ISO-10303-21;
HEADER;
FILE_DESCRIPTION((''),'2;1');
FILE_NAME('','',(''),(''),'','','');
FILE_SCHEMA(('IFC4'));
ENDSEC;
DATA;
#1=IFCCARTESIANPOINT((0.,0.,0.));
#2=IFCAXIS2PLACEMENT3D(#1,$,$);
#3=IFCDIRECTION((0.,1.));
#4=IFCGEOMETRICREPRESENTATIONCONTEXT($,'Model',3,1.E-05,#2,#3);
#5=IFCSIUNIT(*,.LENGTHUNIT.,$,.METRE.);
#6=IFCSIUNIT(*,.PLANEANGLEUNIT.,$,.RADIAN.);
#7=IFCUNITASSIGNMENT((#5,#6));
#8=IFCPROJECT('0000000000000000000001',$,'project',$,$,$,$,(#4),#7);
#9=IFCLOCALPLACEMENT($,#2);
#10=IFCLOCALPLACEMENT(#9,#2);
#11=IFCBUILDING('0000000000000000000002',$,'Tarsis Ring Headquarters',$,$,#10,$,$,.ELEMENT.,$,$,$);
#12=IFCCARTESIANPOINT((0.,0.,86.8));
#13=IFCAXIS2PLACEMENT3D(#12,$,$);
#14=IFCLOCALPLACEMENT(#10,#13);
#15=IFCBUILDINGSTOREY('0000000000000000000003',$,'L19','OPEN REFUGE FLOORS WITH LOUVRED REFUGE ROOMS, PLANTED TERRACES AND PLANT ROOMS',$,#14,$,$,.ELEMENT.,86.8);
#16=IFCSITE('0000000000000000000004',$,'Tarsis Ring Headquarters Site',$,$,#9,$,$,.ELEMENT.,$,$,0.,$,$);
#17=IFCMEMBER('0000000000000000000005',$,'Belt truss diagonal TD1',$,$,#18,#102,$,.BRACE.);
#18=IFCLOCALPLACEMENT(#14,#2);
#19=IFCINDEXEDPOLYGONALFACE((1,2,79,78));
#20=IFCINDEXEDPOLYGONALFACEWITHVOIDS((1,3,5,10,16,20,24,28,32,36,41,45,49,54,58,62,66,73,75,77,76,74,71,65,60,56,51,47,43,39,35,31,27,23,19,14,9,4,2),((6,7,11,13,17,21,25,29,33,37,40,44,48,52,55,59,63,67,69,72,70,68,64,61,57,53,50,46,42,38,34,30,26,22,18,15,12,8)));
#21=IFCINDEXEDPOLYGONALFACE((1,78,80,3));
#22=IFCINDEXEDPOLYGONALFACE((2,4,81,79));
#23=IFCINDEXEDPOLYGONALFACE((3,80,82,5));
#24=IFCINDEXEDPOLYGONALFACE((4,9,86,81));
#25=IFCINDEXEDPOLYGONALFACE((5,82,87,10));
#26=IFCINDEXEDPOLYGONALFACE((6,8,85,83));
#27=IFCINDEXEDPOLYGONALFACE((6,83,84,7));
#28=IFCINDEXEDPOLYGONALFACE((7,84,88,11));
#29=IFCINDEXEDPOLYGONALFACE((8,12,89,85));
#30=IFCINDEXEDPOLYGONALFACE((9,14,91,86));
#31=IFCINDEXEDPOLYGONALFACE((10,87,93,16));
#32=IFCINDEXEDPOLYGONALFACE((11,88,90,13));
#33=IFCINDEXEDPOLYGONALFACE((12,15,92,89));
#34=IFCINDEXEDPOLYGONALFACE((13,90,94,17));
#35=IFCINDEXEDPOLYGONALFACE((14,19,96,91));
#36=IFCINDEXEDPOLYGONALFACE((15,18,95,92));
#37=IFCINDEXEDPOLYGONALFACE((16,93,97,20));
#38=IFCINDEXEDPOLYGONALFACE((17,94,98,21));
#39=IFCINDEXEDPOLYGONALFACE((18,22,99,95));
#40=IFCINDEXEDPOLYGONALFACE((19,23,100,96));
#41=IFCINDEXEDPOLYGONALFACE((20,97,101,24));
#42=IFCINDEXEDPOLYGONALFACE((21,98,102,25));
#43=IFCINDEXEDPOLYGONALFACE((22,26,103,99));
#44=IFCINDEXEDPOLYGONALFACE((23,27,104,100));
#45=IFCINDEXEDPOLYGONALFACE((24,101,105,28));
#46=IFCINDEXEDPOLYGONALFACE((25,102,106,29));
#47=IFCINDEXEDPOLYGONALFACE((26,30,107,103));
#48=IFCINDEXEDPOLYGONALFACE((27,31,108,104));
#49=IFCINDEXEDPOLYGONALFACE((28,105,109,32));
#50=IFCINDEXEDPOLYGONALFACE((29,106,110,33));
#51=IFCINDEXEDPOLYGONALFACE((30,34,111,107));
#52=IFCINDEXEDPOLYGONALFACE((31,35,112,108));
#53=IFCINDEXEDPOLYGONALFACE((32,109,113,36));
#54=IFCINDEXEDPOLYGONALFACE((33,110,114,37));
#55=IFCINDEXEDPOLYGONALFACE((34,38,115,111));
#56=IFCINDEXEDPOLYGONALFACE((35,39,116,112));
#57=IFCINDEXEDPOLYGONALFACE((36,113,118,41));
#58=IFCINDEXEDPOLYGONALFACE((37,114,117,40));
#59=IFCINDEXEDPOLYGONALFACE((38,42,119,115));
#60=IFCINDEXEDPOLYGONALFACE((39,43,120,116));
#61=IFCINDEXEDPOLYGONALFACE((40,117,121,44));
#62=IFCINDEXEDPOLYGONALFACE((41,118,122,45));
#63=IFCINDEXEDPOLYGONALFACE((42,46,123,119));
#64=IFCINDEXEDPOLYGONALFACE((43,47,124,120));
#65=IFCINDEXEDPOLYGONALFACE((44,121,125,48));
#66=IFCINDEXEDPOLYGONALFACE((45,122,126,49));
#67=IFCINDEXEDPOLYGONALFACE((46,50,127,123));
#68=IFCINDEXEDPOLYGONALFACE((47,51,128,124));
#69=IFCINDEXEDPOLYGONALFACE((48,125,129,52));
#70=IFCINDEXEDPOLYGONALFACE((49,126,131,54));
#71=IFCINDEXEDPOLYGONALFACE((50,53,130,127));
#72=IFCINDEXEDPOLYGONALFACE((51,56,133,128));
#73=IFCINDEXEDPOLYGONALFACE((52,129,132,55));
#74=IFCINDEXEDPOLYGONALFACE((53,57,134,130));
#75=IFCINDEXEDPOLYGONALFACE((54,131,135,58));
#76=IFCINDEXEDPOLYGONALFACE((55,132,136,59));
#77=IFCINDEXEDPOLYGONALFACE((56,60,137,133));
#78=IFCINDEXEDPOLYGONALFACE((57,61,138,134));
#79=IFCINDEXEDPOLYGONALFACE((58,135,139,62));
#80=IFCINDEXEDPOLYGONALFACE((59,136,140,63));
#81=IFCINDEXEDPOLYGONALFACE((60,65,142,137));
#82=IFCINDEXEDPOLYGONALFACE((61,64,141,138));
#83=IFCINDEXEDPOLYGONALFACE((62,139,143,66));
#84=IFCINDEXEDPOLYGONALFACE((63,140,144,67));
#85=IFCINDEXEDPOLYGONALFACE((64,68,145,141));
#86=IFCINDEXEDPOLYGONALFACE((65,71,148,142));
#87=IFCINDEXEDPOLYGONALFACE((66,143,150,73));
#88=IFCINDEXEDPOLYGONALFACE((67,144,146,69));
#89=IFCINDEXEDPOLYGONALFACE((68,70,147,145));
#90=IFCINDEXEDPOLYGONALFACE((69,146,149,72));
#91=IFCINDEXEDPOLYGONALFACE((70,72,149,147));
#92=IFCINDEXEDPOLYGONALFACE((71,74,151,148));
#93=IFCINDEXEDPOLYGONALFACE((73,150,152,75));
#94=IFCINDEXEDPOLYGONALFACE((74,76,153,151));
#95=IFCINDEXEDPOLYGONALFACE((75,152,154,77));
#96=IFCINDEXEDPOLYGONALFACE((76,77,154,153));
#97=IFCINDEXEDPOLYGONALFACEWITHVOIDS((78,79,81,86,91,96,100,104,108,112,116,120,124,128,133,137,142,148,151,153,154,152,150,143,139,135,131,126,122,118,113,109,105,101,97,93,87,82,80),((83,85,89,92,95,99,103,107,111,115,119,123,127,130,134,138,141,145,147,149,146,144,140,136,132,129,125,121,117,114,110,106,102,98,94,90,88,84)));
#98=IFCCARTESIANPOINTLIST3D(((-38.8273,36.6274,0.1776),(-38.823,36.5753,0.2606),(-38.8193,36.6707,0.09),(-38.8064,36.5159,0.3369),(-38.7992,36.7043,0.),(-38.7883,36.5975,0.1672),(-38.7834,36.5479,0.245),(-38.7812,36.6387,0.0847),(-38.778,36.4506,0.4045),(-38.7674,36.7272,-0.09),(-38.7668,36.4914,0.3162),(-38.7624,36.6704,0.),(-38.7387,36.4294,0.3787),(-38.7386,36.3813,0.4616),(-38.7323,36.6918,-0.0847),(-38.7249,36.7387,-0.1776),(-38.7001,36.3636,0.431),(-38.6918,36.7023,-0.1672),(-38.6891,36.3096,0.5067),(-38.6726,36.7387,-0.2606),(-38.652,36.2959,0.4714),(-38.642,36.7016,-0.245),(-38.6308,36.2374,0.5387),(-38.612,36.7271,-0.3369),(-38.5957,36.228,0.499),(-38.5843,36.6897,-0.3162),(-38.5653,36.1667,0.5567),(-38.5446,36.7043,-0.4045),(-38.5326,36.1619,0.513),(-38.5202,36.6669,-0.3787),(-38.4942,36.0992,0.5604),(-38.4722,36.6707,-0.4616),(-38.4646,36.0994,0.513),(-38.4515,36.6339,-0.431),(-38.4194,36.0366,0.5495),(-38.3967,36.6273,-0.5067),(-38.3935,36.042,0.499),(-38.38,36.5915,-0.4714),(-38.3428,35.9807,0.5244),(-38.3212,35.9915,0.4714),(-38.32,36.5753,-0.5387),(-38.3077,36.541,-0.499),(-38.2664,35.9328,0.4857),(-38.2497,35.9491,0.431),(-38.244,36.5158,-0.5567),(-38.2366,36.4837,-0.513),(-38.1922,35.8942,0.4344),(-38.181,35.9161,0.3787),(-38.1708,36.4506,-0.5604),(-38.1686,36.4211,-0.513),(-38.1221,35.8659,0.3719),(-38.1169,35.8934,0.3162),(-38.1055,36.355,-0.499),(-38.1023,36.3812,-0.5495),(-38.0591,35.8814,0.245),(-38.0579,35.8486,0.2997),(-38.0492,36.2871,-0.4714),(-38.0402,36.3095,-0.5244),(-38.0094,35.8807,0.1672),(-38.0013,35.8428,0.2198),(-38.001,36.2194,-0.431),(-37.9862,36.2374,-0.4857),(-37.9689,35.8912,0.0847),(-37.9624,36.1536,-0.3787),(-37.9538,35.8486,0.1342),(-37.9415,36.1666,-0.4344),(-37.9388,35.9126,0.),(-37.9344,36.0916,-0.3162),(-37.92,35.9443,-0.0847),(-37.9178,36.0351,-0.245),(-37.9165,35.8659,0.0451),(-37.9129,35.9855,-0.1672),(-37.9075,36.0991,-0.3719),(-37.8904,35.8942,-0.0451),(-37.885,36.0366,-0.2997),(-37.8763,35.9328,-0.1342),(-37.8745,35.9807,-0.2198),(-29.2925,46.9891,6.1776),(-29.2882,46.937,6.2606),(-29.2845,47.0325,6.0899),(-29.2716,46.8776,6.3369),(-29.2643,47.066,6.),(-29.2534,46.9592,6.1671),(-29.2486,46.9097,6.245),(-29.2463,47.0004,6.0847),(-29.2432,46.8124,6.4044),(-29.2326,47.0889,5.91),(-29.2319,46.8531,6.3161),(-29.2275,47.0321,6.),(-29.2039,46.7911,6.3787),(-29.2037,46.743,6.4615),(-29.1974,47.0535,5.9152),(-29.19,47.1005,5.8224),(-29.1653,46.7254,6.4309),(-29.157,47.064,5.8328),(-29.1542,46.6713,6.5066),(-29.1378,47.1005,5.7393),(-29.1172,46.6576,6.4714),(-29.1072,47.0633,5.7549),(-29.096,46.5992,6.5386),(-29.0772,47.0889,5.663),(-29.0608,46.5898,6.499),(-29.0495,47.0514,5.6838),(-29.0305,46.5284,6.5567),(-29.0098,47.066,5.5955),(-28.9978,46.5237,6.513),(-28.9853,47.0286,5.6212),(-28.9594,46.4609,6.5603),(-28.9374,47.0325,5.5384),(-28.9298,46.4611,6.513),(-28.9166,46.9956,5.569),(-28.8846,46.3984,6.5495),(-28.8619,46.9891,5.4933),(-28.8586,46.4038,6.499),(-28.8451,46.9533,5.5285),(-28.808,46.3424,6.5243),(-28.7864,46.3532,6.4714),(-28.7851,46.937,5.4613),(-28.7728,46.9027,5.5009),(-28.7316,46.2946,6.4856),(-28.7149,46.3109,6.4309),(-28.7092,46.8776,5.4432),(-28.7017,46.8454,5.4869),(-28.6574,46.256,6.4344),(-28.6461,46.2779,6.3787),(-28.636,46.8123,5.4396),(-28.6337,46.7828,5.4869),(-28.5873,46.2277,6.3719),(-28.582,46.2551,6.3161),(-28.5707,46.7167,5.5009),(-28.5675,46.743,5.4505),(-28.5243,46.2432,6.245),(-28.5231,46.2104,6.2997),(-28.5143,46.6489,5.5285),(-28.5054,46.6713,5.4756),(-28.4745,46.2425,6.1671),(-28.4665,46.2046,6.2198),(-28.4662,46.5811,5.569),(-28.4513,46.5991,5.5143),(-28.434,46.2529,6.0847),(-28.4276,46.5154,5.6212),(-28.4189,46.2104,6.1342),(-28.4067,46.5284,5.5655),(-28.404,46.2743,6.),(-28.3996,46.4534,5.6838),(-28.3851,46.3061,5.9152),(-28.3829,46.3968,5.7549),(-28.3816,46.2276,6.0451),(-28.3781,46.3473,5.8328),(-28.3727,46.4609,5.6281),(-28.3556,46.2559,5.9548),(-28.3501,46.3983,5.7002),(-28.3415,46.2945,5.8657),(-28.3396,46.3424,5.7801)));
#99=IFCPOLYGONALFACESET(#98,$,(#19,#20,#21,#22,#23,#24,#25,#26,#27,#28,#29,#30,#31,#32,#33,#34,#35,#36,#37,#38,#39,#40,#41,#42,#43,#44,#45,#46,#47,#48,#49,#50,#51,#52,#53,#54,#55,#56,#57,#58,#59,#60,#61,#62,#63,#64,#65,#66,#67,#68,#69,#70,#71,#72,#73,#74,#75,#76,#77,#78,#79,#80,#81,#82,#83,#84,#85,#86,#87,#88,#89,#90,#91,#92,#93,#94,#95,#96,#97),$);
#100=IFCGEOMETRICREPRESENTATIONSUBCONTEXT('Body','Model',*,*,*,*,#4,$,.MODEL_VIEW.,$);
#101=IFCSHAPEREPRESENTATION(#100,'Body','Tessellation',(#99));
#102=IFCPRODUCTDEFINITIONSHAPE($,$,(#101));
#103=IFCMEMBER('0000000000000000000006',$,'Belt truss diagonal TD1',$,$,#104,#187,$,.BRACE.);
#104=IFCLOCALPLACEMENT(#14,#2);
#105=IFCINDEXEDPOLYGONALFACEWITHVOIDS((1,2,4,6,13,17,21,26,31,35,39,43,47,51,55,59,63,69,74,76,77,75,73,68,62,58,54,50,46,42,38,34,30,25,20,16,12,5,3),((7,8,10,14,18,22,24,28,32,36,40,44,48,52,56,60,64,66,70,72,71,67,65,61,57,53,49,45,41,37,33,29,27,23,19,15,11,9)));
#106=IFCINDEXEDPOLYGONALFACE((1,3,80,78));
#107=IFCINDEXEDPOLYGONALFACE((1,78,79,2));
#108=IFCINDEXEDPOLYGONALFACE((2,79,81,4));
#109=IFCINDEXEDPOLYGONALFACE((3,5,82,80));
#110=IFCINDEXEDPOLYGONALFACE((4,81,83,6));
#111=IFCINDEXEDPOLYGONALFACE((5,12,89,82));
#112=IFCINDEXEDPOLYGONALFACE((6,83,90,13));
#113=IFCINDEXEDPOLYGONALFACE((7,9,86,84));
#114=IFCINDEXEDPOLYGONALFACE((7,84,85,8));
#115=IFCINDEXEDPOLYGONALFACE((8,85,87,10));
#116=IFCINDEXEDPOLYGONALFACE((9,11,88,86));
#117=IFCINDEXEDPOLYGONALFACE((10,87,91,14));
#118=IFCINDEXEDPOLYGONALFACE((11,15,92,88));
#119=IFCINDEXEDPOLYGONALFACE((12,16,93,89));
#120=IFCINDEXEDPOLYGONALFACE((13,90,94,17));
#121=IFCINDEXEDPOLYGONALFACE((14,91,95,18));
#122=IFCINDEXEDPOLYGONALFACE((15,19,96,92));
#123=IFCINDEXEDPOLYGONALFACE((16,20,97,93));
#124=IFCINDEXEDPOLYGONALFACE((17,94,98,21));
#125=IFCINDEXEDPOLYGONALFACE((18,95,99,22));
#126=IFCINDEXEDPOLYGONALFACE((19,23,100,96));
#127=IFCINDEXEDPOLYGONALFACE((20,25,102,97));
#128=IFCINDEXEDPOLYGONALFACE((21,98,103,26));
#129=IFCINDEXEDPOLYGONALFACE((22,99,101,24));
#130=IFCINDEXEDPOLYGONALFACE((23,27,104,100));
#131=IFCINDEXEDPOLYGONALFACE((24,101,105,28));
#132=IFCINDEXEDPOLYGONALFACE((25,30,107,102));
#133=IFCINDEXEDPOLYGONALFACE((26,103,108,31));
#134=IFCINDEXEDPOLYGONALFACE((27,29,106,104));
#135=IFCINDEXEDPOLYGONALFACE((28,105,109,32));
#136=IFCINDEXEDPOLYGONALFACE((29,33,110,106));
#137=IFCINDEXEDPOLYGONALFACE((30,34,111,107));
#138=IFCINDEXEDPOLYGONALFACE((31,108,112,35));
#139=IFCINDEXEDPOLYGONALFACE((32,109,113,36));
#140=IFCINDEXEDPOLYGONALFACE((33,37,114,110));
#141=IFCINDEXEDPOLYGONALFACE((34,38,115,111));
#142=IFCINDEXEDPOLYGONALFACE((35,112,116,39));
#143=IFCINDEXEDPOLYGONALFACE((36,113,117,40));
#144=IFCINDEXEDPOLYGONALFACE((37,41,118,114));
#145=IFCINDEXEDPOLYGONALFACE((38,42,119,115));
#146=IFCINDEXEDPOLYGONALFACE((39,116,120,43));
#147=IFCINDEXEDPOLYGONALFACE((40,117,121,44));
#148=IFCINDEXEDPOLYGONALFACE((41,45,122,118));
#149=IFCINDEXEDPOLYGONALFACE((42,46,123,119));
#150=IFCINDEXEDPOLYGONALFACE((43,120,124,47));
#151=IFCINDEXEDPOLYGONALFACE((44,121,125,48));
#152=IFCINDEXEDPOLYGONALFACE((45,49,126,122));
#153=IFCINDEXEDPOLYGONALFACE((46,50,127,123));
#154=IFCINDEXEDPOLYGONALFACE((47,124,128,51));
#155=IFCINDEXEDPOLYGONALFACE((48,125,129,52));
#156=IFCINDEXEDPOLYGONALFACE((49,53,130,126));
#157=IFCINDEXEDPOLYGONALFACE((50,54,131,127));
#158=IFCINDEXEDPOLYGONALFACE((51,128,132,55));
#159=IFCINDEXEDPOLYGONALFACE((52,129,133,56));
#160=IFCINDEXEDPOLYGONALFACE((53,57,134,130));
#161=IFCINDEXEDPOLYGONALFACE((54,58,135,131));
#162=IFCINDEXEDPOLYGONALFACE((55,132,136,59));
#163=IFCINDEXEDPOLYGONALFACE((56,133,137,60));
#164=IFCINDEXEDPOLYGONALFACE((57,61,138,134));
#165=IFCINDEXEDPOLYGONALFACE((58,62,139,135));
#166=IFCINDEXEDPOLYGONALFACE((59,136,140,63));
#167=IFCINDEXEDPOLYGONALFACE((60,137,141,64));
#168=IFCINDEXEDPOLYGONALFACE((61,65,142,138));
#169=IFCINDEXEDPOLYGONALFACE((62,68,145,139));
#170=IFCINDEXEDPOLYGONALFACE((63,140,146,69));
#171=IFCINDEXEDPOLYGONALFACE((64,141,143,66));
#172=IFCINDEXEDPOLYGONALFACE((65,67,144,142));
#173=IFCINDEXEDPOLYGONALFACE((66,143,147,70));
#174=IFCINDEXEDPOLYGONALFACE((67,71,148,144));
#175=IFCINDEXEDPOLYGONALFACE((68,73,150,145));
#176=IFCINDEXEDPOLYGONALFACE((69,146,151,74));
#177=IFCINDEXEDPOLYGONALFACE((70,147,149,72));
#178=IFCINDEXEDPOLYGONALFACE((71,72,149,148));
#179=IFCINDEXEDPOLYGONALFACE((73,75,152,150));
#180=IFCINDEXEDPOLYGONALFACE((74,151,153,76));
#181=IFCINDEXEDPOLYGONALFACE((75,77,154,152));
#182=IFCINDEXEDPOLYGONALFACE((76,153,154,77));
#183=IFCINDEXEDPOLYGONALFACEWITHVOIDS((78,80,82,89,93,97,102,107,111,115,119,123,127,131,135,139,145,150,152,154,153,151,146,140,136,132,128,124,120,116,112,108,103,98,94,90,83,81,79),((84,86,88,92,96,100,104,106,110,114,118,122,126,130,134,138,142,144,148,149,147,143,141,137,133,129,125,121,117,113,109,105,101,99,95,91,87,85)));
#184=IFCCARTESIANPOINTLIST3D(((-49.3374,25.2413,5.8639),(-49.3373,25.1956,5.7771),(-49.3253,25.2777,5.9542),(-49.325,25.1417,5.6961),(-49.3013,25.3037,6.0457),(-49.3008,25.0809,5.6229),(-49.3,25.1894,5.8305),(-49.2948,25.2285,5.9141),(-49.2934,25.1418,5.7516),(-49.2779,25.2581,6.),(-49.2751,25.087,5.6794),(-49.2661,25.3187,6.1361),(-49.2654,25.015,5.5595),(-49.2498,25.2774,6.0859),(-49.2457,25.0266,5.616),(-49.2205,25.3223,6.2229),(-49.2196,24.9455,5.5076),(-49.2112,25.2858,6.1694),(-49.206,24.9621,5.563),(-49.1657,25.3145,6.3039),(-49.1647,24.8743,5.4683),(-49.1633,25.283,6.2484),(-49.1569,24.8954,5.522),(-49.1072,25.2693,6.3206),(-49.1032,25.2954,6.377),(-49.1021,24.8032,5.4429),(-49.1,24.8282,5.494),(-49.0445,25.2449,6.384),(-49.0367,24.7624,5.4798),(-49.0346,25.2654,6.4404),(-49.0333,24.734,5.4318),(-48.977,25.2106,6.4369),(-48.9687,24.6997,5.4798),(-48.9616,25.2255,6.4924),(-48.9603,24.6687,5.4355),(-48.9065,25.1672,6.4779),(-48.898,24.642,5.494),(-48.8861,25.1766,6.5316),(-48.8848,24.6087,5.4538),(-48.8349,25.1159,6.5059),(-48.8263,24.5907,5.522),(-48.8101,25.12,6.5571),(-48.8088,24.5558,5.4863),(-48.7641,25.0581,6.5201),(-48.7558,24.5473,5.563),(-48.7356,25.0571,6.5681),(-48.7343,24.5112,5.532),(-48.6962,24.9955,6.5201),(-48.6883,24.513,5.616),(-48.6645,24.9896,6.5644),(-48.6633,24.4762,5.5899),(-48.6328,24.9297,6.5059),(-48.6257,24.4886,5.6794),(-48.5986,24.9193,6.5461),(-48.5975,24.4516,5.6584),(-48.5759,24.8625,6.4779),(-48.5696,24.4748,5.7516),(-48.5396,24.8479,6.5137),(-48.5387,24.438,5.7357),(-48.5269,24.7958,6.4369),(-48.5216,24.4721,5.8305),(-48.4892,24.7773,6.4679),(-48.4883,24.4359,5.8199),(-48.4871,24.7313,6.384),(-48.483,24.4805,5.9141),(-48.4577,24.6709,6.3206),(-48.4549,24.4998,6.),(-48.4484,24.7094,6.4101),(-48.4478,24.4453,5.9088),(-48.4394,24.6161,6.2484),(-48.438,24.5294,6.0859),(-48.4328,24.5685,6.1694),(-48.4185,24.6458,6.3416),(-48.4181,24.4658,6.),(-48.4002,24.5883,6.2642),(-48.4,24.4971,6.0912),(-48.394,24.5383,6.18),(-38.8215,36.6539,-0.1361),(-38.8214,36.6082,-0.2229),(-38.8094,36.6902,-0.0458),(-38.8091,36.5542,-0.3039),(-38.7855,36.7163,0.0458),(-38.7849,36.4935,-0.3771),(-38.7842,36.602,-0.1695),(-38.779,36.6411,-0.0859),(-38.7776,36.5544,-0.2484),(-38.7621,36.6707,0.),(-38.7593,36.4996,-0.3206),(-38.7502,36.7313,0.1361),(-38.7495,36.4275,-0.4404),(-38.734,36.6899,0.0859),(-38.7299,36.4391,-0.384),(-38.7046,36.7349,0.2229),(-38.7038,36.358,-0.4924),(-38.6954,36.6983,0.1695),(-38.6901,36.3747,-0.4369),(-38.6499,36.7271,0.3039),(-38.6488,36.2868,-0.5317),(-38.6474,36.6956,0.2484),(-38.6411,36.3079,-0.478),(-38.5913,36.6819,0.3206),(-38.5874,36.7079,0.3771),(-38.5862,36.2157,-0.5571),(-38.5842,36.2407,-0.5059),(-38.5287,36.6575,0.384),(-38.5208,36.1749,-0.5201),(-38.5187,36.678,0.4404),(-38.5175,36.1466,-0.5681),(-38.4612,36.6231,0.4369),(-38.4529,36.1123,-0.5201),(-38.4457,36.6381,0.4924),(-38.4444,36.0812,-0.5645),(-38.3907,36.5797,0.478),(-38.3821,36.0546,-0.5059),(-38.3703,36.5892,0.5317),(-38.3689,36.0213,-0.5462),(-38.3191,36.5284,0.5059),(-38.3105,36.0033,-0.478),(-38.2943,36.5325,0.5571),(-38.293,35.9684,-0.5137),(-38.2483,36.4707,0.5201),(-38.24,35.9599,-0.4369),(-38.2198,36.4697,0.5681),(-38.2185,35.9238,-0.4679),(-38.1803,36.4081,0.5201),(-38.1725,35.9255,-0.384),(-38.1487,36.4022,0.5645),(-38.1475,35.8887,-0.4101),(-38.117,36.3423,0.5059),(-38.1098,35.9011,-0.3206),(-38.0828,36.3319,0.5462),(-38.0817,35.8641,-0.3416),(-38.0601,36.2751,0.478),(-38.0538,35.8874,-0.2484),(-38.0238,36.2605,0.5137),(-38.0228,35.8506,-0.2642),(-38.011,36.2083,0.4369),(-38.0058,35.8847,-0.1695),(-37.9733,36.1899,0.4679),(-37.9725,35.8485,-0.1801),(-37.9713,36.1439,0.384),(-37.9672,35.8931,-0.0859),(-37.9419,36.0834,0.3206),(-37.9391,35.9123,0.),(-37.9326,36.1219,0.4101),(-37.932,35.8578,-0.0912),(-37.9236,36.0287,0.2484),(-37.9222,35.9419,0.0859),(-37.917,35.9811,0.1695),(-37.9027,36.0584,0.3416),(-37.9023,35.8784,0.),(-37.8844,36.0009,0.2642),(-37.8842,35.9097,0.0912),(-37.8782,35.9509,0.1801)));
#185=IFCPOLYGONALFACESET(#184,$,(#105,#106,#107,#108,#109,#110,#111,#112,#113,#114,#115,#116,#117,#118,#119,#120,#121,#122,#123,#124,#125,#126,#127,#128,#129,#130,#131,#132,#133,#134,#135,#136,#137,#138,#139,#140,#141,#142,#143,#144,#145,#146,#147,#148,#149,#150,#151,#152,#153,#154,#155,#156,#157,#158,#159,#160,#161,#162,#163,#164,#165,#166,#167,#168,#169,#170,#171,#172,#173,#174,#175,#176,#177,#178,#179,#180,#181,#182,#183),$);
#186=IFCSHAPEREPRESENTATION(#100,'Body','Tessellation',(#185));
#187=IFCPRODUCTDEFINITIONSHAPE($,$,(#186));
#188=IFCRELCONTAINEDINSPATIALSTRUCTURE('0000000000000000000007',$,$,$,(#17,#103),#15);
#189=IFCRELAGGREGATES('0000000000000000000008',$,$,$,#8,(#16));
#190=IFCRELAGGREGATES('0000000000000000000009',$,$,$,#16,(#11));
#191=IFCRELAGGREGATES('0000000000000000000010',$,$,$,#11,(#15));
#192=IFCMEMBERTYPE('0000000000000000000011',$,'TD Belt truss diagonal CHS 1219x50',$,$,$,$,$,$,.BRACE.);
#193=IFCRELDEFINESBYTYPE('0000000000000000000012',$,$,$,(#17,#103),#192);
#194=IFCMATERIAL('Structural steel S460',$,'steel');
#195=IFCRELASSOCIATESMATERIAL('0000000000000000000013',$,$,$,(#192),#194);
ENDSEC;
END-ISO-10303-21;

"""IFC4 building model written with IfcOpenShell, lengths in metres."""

from ifc_helpers import new_model, si_unit, direction, frame, origin, origin_2d, place, context, subcontext, project, spatial, hollow_circle, extrude, material, material_profile, profile_set, type_object, element, save


model = new_model("IFC4")

# Units and contexts
model_context = context("Model", 3, precision=1e-05, world=origin(), true_north=direction((0.0, 1.0)))
body_context = subcontext(model_context, "Body", "Model", "MODEL_VIEW")
ifc_project = project(units=[si_unit("LENGTHUNIT", "METRE"), si_unit("PLANEANGLEUNIT", "RADIAN")], contexts=[model_context])

# Site, building, storey
site_placement = place(None, origin())
site = spatial("IfcSite", under=ifc_project, at=site_placement, Name="Tarsis Ring Headquarters Site", CompositionType="ELEMENT", RefElevation=0.0)
building_placement = place(site_placement, origin())
building = spatial("IfcBuilding", under=site, at=building_placement, Name="Tarsis Ring Headquarters", CompositionType="ELEMENT")
storey_placement = place(building_placement, frame((0.0, 0.0, 86.8)))
storey = spatial("IfcBuildingStorey", under=building, at=storey_placement, Name="L19", Description="OPEN REFUGE FLOORS WITH LOUVRED REFUGE ROOMS, PLANTED TERRACES AND PLANT ROOMS", CompositionType="ELEMENT", Elevation=86.8)

# Shared definitions
ifc_material_1 = material(Name="Structural steel S460", Category="steel")
ifc_material_profile_1 = material_profile(ifc_material_1, hollow_circle(Radius=0.6096, WallThickness=0.05, at=origin_2d()), Name="CHS 1219x50")
ifc_profile_set_1 = profile_set([ifc_material_profile_1], Name="Structural steel S460")

# Members
member_type_1 = type_object("IfcMemberType", Name="TD Belt truss diagonal CHS 1219x50", PredefinedType="BRACE", material=ifc_profile_set_1)
member_1_placement = place(storey_placement, frame((-38.3506, 36.2915, 0.0), z_axis=(0.622942, 0.676966, 0.391996), x_axis=(-0.735859, 0.677135, 0.0)))
element("IfcMember", 1, at=member_1_placement, inside=storey, type_object=member_type_1, Name="Belt truss diagonal TD1", PredefinedType="BRACE", context=body_context, shape_type="SweptSolid", body=[
    extrude(hollow_circle(Radius=0.6096, WallThickness=0.05, at=origin_2d()), origin(), (0.0, 0.0, 1.0), 15.3062),
])
member_2_placement = place(storey_placement, frame((-38.3506, 36.2915, 0.0), z_axis=(-0.63203, -0.685926, 0.360615), x_axis=(0.735408, -0.677624, 0.0)))
element("IfcMember", 2, at=member_2_placement, inside=storey, type_object=member_type_1, Name="Belt truss diagonal TD1", PredefinedType="BRACE", context=body_context, shape_type="SweptSolid", body=[
    extrude(hollow_circle(Radius=0.6096, WallThickness=0.05, at=origin_2d()), origin(), (0.0, 0.0, 1.0), 16.6382),
])

save(model, "model.ifc")
